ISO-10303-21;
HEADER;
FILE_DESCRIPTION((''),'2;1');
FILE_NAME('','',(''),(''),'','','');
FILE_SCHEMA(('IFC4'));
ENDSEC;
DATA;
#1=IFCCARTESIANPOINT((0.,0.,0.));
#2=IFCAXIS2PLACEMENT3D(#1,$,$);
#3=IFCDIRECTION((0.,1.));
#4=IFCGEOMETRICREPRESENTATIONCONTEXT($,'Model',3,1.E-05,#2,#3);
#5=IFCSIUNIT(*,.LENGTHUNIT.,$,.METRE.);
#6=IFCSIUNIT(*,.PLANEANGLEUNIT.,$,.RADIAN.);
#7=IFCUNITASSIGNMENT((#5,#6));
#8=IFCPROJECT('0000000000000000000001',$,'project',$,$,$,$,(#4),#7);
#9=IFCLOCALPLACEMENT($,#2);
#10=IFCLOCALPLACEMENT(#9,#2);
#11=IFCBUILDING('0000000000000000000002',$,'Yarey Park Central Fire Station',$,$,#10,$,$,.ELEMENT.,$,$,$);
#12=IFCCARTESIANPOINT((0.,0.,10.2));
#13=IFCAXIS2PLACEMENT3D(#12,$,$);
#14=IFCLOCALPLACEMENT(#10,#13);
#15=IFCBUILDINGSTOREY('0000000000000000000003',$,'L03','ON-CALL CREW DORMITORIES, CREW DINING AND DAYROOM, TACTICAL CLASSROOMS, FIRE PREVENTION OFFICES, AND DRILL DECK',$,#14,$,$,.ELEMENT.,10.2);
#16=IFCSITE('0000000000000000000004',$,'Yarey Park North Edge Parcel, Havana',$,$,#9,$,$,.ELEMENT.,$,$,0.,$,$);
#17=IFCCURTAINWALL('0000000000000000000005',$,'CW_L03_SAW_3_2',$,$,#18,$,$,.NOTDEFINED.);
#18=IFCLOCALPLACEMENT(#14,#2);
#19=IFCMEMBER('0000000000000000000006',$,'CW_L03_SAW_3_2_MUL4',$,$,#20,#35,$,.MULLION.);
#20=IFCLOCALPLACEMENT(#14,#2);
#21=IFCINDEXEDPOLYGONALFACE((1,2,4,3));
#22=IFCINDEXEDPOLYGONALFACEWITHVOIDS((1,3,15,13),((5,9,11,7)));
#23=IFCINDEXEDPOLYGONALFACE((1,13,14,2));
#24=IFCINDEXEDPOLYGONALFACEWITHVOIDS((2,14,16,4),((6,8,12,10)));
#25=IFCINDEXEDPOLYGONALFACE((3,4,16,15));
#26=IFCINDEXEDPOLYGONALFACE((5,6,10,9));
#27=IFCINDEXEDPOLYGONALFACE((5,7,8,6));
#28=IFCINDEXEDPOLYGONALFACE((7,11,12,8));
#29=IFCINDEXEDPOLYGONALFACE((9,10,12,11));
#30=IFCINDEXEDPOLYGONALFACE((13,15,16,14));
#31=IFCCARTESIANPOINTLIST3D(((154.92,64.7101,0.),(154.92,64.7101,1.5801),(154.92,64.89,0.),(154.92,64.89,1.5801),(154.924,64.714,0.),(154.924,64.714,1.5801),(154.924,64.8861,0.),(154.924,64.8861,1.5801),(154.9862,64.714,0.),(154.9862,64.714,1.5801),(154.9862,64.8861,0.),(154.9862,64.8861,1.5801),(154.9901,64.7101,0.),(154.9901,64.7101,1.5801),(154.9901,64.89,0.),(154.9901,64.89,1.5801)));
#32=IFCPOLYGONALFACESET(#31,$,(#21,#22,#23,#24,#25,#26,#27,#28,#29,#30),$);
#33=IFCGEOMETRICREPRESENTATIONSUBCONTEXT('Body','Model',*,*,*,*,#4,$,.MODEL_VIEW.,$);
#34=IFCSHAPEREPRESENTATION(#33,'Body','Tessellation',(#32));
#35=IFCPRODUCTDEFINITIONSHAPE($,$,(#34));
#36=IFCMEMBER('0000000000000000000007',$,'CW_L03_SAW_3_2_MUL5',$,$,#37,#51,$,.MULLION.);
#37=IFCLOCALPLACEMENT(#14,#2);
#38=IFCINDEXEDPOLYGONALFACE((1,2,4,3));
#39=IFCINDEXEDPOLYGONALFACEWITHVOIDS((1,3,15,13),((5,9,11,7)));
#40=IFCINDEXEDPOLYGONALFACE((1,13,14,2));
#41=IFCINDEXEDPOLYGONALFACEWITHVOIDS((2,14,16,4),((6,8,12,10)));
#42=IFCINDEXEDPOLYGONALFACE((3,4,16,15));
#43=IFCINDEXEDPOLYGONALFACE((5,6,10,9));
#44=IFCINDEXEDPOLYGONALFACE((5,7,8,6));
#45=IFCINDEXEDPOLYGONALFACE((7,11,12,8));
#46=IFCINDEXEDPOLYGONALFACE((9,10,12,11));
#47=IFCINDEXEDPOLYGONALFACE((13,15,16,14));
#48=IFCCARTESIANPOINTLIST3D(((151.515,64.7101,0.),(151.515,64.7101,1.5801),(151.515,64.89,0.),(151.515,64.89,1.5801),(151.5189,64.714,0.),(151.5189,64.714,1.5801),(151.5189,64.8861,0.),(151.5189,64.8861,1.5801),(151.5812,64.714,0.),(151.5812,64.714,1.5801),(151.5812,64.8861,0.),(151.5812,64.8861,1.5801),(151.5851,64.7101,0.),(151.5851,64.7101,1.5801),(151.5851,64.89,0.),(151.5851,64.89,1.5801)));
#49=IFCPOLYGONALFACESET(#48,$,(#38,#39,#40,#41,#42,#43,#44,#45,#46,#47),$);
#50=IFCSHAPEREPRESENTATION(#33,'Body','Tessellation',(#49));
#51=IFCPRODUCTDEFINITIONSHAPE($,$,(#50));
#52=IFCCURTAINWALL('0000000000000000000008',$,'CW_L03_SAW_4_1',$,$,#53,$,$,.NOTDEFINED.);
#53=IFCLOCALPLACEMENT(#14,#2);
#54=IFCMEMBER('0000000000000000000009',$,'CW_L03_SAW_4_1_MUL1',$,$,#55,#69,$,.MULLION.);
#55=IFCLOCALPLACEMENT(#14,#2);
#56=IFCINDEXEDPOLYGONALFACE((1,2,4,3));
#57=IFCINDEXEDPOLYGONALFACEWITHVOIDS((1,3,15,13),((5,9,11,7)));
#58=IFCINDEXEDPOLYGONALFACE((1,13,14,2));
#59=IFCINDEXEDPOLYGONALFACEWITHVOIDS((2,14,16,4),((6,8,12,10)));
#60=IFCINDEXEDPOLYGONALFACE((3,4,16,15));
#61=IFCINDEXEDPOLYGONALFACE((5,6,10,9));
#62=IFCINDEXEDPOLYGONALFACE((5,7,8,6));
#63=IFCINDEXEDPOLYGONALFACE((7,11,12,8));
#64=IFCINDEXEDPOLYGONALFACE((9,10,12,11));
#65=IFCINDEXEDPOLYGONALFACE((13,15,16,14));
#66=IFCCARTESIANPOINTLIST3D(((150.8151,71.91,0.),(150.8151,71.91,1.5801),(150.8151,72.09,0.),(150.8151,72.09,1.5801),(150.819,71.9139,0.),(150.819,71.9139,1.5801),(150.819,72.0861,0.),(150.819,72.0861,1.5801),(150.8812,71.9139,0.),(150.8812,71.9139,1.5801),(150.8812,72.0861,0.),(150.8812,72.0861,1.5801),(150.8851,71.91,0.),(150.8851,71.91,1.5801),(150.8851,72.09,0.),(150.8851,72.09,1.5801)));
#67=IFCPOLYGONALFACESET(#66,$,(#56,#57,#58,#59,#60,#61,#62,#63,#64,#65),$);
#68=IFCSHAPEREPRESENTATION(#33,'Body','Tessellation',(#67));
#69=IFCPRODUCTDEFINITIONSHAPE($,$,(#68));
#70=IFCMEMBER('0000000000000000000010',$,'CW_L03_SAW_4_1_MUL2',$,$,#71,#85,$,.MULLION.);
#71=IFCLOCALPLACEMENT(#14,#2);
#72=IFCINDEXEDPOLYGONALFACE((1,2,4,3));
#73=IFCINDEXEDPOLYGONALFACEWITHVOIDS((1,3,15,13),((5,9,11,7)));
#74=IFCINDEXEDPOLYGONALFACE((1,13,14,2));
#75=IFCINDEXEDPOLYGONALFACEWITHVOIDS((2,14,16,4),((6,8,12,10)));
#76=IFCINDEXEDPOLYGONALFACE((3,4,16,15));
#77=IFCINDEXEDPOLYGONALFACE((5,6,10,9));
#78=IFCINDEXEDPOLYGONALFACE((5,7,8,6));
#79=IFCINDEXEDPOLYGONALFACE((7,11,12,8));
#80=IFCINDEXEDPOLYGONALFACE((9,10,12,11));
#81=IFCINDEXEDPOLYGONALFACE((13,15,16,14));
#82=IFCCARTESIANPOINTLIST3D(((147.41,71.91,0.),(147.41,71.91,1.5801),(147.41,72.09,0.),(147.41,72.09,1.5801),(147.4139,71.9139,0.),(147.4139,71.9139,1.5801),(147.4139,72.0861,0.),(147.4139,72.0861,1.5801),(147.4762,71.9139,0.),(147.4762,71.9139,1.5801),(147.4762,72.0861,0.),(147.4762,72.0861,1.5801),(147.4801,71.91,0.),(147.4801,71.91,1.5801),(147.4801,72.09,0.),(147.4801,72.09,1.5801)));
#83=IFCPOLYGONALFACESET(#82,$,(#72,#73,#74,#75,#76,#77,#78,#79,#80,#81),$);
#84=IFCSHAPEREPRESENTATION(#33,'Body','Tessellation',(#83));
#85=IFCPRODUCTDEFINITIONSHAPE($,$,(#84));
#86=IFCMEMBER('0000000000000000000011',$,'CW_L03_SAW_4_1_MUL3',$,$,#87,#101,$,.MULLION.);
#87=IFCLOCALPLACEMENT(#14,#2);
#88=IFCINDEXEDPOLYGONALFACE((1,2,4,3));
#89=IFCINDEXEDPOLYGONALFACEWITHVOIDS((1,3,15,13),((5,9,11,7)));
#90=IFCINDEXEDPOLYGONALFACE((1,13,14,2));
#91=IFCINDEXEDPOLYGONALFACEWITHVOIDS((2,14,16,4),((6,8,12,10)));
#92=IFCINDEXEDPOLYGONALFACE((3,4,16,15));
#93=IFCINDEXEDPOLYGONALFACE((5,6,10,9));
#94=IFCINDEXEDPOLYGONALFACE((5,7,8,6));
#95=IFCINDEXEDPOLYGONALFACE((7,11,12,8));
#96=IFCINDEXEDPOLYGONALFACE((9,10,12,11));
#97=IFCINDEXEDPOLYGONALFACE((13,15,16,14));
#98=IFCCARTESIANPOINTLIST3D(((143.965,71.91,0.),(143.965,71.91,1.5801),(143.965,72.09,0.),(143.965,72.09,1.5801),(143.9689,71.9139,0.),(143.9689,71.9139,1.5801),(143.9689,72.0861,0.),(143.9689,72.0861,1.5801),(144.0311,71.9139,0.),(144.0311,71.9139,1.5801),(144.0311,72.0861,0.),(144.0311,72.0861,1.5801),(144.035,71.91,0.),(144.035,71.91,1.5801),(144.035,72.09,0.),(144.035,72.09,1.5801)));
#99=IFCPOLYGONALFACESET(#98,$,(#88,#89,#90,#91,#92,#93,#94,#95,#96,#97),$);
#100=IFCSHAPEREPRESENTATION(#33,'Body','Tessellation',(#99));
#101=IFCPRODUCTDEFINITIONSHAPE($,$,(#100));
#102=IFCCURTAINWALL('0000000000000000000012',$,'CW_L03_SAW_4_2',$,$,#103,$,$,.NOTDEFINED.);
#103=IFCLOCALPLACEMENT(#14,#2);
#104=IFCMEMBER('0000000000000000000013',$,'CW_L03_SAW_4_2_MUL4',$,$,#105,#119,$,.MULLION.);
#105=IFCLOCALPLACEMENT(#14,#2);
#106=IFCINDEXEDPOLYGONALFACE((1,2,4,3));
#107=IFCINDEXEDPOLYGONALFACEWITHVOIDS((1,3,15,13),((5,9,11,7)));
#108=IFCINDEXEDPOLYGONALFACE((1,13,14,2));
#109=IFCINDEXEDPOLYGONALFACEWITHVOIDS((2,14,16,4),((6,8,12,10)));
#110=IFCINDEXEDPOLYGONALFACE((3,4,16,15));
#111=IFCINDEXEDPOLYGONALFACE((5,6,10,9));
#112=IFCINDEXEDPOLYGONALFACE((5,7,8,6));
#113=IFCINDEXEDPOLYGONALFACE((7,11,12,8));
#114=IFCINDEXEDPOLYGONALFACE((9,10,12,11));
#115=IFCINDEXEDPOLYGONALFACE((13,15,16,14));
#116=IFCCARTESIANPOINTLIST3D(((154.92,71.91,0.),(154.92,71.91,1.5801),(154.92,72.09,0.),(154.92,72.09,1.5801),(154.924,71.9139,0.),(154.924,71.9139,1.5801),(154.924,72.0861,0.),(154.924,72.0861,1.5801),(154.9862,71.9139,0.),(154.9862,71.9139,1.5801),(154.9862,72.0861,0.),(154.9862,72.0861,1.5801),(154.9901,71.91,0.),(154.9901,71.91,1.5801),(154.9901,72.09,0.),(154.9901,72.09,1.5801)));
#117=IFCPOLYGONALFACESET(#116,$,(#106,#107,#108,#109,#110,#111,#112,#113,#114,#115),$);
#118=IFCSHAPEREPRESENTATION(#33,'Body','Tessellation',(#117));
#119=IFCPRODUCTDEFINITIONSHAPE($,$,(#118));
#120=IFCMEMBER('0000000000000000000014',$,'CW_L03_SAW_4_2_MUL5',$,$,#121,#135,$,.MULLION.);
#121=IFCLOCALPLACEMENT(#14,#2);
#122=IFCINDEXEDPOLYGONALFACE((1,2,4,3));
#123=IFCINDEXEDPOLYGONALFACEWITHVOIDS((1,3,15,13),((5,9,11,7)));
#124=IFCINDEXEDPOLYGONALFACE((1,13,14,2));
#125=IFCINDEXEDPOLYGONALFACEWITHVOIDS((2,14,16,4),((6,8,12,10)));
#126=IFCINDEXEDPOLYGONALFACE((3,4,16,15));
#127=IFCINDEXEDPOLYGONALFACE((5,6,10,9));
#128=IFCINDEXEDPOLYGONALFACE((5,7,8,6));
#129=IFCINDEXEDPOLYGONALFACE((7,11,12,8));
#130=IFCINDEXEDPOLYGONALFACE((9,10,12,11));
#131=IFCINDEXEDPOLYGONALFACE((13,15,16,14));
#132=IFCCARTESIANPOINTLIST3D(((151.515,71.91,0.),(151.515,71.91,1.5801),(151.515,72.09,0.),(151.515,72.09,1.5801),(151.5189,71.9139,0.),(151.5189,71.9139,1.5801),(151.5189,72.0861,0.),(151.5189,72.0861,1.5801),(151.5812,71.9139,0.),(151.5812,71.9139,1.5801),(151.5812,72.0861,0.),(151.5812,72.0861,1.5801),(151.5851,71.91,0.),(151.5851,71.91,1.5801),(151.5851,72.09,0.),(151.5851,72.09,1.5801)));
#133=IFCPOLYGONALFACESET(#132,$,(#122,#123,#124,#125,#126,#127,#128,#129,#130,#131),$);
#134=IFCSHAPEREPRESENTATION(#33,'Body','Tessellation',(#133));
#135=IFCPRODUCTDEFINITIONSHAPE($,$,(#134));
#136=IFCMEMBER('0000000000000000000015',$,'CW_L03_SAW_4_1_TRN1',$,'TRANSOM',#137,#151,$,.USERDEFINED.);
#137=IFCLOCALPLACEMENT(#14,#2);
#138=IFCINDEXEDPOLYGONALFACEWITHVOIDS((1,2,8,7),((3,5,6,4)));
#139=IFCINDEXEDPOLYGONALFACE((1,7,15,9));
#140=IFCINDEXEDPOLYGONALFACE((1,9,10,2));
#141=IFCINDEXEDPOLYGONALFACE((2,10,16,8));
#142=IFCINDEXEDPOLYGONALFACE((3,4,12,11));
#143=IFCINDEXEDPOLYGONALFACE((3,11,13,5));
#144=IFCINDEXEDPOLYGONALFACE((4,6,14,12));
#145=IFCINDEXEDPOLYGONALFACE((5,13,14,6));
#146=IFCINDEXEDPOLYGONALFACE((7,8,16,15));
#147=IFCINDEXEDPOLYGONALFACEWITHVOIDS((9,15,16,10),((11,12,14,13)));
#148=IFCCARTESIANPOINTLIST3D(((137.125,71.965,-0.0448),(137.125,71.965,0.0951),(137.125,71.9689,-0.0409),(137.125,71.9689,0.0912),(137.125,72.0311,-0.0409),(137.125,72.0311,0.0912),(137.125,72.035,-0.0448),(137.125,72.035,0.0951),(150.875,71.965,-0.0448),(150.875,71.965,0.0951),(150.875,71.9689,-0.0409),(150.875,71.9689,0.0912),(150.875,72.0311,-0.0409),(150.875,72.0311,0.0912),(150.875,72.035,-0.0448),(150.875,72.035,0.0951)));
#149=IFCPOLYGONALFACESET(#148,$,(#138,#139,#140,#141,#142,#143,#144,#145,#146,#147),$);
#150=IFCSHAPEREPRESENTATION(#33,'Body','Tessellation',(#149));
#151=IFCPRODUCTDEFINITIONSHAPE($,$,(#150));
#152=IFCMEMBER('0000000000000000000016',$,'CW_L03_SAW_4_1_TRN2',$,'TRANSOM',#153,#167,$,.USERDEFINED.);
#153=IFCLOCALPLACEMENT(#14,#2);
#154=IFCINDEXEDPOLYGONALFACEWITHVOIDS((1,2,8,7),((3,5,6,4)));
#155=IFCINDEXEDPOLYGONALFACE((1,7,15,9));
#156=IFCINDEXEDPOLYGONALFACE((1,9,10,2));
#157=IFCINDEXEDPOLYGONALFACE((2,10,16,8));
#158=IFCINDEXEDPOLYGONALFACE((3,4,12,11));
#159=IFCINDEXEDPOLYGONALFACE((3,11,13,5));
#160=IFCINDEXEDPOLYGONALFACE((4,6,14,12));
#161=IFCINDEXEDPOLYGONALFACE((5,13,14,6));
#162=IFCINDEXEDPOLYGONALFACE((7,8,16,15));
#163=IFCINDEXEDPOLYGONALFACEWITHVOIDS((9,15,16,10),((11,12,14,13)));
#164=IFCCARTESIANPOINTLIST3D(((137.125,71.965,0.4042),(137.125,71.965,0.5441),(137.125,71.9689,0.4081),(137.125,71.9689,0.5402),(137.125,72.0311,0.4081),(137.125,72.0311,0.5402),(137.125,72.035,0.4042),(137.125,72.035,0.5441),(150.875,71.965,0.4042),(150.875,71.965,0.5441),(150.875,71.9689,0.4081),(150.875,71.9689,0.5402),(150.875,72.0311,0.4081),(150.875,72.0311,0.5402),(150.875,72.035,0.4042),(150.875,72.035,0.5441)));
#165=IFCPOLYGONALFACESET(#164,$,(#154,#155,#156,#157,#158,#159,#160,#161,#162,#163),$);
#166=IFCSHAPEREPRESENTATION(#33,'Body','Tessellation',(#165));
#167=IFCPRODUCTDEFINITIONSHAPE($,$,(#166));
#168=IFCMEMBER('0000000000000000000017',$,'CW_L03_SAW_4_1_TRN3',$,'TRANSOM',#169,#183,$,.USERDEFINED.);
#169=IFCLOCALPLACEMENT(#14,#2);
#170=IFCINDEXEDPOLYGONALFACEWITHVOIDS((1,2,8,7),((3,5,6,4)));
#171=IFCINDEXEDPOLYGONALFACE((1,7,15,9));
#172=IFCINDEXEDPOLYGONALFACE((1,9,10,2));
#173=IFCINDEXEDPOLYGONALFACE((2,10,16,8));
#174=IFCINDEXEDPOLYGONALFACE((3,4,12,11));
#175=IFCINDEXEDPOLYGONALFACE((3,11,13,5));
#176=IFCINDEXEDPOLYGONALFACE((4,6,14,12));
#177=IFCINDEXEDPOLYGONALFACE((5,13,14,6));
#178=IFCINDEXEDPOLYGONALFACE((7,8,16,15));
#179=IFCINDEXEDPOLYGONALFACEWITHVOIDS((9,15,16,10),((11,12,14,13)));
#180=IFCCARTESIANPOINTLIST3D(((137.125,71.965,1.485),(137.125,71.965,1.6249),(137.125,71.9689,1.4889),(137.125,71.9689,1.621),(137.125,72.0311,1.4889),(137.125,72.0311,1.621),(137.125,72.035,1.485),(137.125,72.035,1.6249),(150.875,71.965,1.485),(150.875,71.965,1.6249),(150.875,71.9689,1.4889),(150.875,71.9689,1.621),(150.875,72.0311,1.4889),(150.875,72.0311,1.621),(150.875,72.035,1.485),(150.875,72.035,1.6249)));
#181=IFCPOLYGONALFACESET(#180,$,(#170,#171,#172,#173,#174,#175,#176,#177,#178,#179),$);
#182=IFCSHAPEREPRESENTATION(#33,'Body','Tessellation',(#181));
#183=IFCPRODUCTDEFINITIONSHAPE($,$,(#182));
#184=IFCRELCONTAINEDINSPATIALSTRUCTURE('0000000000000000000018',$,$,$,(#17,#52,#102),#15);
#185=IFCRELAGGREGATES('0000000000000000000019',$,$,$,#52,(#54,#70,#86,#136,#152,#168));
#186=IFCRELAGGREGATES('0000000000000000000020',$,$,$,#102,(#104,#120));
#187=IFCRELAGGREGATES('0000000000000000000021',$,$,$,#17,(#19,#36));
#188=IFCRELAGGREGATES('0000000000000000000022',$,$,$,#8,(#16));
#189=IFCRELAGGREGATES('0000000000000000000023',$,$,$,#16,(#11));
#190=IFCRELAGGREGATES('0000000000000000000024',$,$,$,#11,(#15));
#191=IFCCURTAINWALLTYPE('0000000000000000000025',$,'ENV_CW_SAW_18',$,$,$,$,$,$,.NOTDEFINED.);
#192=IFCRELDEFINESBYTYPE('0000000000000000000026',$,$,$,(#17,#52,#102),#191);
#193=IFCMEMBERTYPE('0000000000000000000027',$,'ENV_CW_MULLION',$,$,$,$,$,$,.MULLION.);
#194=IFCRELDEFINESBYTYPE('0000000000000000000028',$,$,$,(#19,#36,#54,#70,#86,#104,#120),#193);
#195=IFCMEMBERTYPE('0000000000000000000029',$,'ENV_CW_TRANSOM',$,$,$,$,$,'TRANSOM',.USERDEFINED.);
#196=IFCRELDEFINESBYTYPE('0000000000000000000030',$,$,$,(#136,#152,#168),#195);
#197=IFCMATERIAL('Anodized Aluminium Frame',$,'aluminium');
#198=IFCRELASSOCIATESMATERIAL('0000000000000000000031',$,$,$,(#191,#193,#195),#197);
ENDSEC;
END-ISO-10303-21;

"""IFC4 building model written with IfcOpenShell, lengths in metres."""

from ifc_helpers import new_model, si_unit, direction, frame, origin, origin_2d, place, context, subcontext, project, spatial, hollow_rectangle, extrude, material, material_profile, profile_set, type_object, element, aggregate, save


model = new_model("IFC4")

# Units and contexts
model_context = context("Model", 3, precision=1e-05, world=origin(), true_north=direction((0.0, 1.0)))
body_context = subcontext(model_context, "Body", "Model", "MODEL_VIEW")
ifc_project = project(units=[si_unit("LENGTHUNIT", "METRE"), si_unit("PLANEANGLEUNIT", "RADIAN")], contexts=[model_context])

# Site, building, storey
site_placement = place(None, origin())
site = spatial("IfcSite", under=ifc_project, at=site_placement, Name="Yarey Park North Edge Parcel, Havana", CompositionType="ELEMENT", RefElevation=0.0)
building_placement = place(site_placement, origin())
building = spatial("IfcBuilding", under=site, at=building_placement, Name="Yarey Park Central Fire Station", CompositionType="ELEMENT")
storey_placement = place(building_placement, frame((0.0, 0.0, 10.2)))
storey = spatial("IfcBuildingStorey", under=building, at=storey_placement, Name="L03", Description="ON-CALL CREW DORMITORIES, CREW DINING AND DAYROOM, TACTICAL CLASSROOMS, FIRE PREVENTION OFFICES, AND DRILL DECK", CompositionType="ELEMENT", Elevation=10.2)

# Curtain walls, members
ifc_material_1 = material(Name="Anodized Aluminium Frame", Category="aluminium")
curtain_wall_type = type_object("IfcCurtainWallType", Name="ENV_CW_SAW_18", PredefinedType="NOTDEFINED", material=ifc_material_1)
curtain_wall_1_placement = place(storey_placement, origin())
curtain_wall_1 = element("IfcCurtainWall", 1, at=curtain_wall_1_placement, inside=storey, type_object=curtain_wall_type, Name="CW_L03_SAW_3_2", PredefinedType="NOTDEFINED")
ifc_material_profile_1 = material_profile(ifc_material_1, hollow_rectangle(XDim=0.0701, YDim=0.1799, WallThickness=0.0039, at=origin_2d()), Name="ALU 180x70x4")
ifc_profile_set_1 = profile_set([ifc_material_profile_1], Name="Anodized Aluminium Frame")
member_type_1 = type_object("IfcMemberType", Name="ENV_CW_MULLION", PredefinedType="MULLION", material=ifc_profile_set_1)
member_1_placement = place(storey_placement, frame((154.9551, 64.8, 0.0), z_axis=(0.0, 0.0, 1.0), x_axis=(1.0, 0.0, 0.0)))
member_1 = element("IfcMember", 2, at=member_1_placement, type_object=member_type_1, Name="CW_L03_SAW_3_2_MUL4", PredefinedType="MULLION", context=body_context, shape_type="SweptSolid", body=[
    extrude(hollow_rectangle(XDim=0.0701, YDim=0.1799, WallThickness=0.0039, at=origin_2d()), origin(), (0.0, 0.0, 1.0), 1.5801),
])
member_2_placement = place(storey_placement, frame((151.55, 64.8, 0.0), z_axis=(0.0, 0.0, 1.0), x_axis=(1.0, 0.0, 0.0)))
member_2 = element("IfcMember", 3, at=member_2_placement, type_object=member_type_1, Name="CW_L03_SAW_3_2_MUL5", PredefinedType="MULLION", context=body_context, shape_type="SweptSolid", body=[
    extrude(hollow_rectangle(XDim=0.0701, YDim=0.1799, WallThickness=0.0039, at=origin_2d()), origin(), (0.0, 0.0, 1.0), 1.5801),
])
curtain_wall_2_placement = place(storey_placement, origin())
curtain_wall_2 = element("IfcCurtainWall", 4, at=curtain_wall_2_placement, inside=storey, type_object=curtain_wall_type, Name="CW_L03_SAW_4_1", PredefinedType="NOTDEFINED")
member_3_placement = place(storey_placement, frame((150.8501, 72.0, 0.0), z_axis=(0.0, 0.0, 1.0), x_axis=(1.0, 0.0, 0.0)))
member_3 = element("IfcMember", 5, at=member_3_placement, type_object=member_type_1, Name="CW_L03_SAW_4_1_MUL1", PredefinedType="MULLION", context=body_context, shape_type="SweptSolid", body=[
    extrude(hollow_rectangle(XDim=0.0701, YDim=0.1799, WallThickness=0.0039, at=origin_2d()), origin(), (0.0, 0.0, 1.0), 1.5801),
])
member_4_placement = place(storey_placement, frame((147.4451, 72.0, 0.0), z_axis=(0.0, 0.0, 1.0), x_axis=(1.0, 0.0, 0.0)))
member_4 = element("IfcMember", 6, at=member_4_placement, type_object=member_type_1, Name="CW_L03_SAW_4_1_MUL2", PredefinedType="MULLION", context=body_context, shape_type="SweptSolid", body=[
    extrude(hollow_rectangle(XDim=0.0701, YDim=0.1799, WallThickness=0.0039, at=origin_2d()), origin(), (0.0, 0.0, 1.0), 1.5801),
])
member_5_placement = place(storey_placement, frame((144.0, 72.0, 0.0), z_axis=(0.0, 0.0, 1.0), x_axis=(1.0, 0.0, 0.0)))
member_5 = element("IfcMember", 7, at=member_5_placement, type_object=member_type_1, Name="CW_L03_SAW_4_1_MUL3", PredefinedType="MULLION", context=body_context, shape_type="SweptSolid", body=[
    extrude(hollow_rectangle(XDim=0.0701, YDim=0.1799, WallThickness=0.0039, at=origin_2d()), origin(), (0.0, 0.0, 1.0), 1.5801),
])
curtain_wall_3_placement = place(storey_placement, origin())
curtain_wall_3 = element("IfcCurtainWall", 8, at=curtain_wall_3_placement, inside=storey, type_object=curtain_wall_type, Name="CW_L03_SAW_4_2", PredefinedType="NOTDEFINED")
member_6_placement = place(storey_placement, frame((154.9551, 72.0, 0.0), z_axis=(0.0, 0.0, 1.0), x_axis=(1.0, 0.0, 0.0)))
member_6 = element("IfcMember", 9, at=member_6_placement, type_object=member_type_1, Name="CW_L03_SAW_4_2_MUL4", PredefinedType="MULLION", context=body_context, shape_type="SweptSolid", body=[
    extrude(hollow_rectangle(XDim=0.0701, YDim=0.1799, WallThickness=0.0039, at=origin_2d()), origin(), (0.0, 0.0, 1.0), 1.5801),
])
member_7_placement = place(storey_placement, frame((151.55, 72.0, 0.0), z_axis=(0.0, 0.0, 1.0), x_axis=(1.0, 0.0, 0.0)))
member_7 = element("IfcMember", 10, at=member_7_placement, type_object=member_type_1, Name="CW_L03_SAW_4_2_MUL5", PredefinedType="MULLION", context=body_context, shape_type="SweptSolid", body=[
    extrude(hollow_rectangle(XDim=0.0701, YDim=0.1799, WallThickness=0.0039, at=origin_2d()), origin(), (0.0, 0.0, 1.0), 1.5801),
])

# Members
ifc_material_profile_2 = material_profile(ifc_material_1, hollow_rectangle(XDim=0.0701, YDim=0.1399, WallThickness=0.0039, at=origin_2d()), Name="ALU 140x70x4")
ifc_profile_set_2 = profile_set([ifc_material_profile_2], Name="Anodized Aluminium Frame")
member_type_2 = type_object("IfcMemberType", Name="ENV_CW_TRANSOM", ElementType="TRANSOM", PredefinedType="USERDEFINED", material=ifc_profile_set_2)
member_8_placement = place(storey_placement, frame((150.875, 72.0, 0.0251), z_axis=(-1.0, 0.0, 0.0), x_axis=(0.0, -1.0, 0.0)))
member_8 = element("IfcMember", 11, at=member_8_placement, type_object=member_type_2, Name="CW_L03_SAW_4_1_TRN1", ObjectType="TRANSOM", PredefinedType="USERDEFINED", context=body_context, shape_type="SweptSolid", body=[
    extrude(hollow_rectangle(XDim=0.0701, YDim=0.1399, WallThickness=0.0039, at=origin_2d()), origin(), (0.0, 0.0, 1.0), 13.75),
])
member_9_placement = place(storey_placement, frame((150.875, 72.0, 0.4741), z_axis=(-1.0, 0.0, 0.0), x_axis=(0.0, -1.0, 0.0)))
member_9 = element("IfcMember", 12, at=member_9_placement, type_object=member_type_2, Name="CW_L03_SAW_4_1_TRN2", ObjectType="TRANSOM", PredefinedType="USERDEFINED", context=body_context, shape_type="SweptSolid", body=[
    extrude(hollow_rectangle(XDim=0.0701, YDim=0.1399, WallThickness=0.0039, at=origin_2d()), origin(), (0.0, 0.0, 1.0), 13.75),
])
member_10_placement = place(storey_placement, frame((150.875, 72.0, 1.5549), z_axis=(-1.0, 0.0, 0.0), x_axis=(0.0, -1.0, 0.0)))
member_10 = element("IfcMember", 13, at=member_10_placement, type_object=member_type_2, Name="CW_L03_SAW_4_1_TRN3", ObjectType="TRANSOM", PredefinedType="USERDEFINED", context=body_context, shape_type="SweptSolid", body=[
    extrude(hollow_rectangle(XDim=0.0701, YDim=0.1399, WallThickness=0.0039, at=origin_2d()), origin(), (0.0, 0.0, 1.0), 13.75),
])

aggregate(curtain_wall_2, [member_3, member_4, member_5, member_8, member_9, member_10])
aggregate(curtain_wall_3, [member_6, member_7])
aggregate(curtain_wall_1, [member_1, member_2])

save(model, "model.ifc")
